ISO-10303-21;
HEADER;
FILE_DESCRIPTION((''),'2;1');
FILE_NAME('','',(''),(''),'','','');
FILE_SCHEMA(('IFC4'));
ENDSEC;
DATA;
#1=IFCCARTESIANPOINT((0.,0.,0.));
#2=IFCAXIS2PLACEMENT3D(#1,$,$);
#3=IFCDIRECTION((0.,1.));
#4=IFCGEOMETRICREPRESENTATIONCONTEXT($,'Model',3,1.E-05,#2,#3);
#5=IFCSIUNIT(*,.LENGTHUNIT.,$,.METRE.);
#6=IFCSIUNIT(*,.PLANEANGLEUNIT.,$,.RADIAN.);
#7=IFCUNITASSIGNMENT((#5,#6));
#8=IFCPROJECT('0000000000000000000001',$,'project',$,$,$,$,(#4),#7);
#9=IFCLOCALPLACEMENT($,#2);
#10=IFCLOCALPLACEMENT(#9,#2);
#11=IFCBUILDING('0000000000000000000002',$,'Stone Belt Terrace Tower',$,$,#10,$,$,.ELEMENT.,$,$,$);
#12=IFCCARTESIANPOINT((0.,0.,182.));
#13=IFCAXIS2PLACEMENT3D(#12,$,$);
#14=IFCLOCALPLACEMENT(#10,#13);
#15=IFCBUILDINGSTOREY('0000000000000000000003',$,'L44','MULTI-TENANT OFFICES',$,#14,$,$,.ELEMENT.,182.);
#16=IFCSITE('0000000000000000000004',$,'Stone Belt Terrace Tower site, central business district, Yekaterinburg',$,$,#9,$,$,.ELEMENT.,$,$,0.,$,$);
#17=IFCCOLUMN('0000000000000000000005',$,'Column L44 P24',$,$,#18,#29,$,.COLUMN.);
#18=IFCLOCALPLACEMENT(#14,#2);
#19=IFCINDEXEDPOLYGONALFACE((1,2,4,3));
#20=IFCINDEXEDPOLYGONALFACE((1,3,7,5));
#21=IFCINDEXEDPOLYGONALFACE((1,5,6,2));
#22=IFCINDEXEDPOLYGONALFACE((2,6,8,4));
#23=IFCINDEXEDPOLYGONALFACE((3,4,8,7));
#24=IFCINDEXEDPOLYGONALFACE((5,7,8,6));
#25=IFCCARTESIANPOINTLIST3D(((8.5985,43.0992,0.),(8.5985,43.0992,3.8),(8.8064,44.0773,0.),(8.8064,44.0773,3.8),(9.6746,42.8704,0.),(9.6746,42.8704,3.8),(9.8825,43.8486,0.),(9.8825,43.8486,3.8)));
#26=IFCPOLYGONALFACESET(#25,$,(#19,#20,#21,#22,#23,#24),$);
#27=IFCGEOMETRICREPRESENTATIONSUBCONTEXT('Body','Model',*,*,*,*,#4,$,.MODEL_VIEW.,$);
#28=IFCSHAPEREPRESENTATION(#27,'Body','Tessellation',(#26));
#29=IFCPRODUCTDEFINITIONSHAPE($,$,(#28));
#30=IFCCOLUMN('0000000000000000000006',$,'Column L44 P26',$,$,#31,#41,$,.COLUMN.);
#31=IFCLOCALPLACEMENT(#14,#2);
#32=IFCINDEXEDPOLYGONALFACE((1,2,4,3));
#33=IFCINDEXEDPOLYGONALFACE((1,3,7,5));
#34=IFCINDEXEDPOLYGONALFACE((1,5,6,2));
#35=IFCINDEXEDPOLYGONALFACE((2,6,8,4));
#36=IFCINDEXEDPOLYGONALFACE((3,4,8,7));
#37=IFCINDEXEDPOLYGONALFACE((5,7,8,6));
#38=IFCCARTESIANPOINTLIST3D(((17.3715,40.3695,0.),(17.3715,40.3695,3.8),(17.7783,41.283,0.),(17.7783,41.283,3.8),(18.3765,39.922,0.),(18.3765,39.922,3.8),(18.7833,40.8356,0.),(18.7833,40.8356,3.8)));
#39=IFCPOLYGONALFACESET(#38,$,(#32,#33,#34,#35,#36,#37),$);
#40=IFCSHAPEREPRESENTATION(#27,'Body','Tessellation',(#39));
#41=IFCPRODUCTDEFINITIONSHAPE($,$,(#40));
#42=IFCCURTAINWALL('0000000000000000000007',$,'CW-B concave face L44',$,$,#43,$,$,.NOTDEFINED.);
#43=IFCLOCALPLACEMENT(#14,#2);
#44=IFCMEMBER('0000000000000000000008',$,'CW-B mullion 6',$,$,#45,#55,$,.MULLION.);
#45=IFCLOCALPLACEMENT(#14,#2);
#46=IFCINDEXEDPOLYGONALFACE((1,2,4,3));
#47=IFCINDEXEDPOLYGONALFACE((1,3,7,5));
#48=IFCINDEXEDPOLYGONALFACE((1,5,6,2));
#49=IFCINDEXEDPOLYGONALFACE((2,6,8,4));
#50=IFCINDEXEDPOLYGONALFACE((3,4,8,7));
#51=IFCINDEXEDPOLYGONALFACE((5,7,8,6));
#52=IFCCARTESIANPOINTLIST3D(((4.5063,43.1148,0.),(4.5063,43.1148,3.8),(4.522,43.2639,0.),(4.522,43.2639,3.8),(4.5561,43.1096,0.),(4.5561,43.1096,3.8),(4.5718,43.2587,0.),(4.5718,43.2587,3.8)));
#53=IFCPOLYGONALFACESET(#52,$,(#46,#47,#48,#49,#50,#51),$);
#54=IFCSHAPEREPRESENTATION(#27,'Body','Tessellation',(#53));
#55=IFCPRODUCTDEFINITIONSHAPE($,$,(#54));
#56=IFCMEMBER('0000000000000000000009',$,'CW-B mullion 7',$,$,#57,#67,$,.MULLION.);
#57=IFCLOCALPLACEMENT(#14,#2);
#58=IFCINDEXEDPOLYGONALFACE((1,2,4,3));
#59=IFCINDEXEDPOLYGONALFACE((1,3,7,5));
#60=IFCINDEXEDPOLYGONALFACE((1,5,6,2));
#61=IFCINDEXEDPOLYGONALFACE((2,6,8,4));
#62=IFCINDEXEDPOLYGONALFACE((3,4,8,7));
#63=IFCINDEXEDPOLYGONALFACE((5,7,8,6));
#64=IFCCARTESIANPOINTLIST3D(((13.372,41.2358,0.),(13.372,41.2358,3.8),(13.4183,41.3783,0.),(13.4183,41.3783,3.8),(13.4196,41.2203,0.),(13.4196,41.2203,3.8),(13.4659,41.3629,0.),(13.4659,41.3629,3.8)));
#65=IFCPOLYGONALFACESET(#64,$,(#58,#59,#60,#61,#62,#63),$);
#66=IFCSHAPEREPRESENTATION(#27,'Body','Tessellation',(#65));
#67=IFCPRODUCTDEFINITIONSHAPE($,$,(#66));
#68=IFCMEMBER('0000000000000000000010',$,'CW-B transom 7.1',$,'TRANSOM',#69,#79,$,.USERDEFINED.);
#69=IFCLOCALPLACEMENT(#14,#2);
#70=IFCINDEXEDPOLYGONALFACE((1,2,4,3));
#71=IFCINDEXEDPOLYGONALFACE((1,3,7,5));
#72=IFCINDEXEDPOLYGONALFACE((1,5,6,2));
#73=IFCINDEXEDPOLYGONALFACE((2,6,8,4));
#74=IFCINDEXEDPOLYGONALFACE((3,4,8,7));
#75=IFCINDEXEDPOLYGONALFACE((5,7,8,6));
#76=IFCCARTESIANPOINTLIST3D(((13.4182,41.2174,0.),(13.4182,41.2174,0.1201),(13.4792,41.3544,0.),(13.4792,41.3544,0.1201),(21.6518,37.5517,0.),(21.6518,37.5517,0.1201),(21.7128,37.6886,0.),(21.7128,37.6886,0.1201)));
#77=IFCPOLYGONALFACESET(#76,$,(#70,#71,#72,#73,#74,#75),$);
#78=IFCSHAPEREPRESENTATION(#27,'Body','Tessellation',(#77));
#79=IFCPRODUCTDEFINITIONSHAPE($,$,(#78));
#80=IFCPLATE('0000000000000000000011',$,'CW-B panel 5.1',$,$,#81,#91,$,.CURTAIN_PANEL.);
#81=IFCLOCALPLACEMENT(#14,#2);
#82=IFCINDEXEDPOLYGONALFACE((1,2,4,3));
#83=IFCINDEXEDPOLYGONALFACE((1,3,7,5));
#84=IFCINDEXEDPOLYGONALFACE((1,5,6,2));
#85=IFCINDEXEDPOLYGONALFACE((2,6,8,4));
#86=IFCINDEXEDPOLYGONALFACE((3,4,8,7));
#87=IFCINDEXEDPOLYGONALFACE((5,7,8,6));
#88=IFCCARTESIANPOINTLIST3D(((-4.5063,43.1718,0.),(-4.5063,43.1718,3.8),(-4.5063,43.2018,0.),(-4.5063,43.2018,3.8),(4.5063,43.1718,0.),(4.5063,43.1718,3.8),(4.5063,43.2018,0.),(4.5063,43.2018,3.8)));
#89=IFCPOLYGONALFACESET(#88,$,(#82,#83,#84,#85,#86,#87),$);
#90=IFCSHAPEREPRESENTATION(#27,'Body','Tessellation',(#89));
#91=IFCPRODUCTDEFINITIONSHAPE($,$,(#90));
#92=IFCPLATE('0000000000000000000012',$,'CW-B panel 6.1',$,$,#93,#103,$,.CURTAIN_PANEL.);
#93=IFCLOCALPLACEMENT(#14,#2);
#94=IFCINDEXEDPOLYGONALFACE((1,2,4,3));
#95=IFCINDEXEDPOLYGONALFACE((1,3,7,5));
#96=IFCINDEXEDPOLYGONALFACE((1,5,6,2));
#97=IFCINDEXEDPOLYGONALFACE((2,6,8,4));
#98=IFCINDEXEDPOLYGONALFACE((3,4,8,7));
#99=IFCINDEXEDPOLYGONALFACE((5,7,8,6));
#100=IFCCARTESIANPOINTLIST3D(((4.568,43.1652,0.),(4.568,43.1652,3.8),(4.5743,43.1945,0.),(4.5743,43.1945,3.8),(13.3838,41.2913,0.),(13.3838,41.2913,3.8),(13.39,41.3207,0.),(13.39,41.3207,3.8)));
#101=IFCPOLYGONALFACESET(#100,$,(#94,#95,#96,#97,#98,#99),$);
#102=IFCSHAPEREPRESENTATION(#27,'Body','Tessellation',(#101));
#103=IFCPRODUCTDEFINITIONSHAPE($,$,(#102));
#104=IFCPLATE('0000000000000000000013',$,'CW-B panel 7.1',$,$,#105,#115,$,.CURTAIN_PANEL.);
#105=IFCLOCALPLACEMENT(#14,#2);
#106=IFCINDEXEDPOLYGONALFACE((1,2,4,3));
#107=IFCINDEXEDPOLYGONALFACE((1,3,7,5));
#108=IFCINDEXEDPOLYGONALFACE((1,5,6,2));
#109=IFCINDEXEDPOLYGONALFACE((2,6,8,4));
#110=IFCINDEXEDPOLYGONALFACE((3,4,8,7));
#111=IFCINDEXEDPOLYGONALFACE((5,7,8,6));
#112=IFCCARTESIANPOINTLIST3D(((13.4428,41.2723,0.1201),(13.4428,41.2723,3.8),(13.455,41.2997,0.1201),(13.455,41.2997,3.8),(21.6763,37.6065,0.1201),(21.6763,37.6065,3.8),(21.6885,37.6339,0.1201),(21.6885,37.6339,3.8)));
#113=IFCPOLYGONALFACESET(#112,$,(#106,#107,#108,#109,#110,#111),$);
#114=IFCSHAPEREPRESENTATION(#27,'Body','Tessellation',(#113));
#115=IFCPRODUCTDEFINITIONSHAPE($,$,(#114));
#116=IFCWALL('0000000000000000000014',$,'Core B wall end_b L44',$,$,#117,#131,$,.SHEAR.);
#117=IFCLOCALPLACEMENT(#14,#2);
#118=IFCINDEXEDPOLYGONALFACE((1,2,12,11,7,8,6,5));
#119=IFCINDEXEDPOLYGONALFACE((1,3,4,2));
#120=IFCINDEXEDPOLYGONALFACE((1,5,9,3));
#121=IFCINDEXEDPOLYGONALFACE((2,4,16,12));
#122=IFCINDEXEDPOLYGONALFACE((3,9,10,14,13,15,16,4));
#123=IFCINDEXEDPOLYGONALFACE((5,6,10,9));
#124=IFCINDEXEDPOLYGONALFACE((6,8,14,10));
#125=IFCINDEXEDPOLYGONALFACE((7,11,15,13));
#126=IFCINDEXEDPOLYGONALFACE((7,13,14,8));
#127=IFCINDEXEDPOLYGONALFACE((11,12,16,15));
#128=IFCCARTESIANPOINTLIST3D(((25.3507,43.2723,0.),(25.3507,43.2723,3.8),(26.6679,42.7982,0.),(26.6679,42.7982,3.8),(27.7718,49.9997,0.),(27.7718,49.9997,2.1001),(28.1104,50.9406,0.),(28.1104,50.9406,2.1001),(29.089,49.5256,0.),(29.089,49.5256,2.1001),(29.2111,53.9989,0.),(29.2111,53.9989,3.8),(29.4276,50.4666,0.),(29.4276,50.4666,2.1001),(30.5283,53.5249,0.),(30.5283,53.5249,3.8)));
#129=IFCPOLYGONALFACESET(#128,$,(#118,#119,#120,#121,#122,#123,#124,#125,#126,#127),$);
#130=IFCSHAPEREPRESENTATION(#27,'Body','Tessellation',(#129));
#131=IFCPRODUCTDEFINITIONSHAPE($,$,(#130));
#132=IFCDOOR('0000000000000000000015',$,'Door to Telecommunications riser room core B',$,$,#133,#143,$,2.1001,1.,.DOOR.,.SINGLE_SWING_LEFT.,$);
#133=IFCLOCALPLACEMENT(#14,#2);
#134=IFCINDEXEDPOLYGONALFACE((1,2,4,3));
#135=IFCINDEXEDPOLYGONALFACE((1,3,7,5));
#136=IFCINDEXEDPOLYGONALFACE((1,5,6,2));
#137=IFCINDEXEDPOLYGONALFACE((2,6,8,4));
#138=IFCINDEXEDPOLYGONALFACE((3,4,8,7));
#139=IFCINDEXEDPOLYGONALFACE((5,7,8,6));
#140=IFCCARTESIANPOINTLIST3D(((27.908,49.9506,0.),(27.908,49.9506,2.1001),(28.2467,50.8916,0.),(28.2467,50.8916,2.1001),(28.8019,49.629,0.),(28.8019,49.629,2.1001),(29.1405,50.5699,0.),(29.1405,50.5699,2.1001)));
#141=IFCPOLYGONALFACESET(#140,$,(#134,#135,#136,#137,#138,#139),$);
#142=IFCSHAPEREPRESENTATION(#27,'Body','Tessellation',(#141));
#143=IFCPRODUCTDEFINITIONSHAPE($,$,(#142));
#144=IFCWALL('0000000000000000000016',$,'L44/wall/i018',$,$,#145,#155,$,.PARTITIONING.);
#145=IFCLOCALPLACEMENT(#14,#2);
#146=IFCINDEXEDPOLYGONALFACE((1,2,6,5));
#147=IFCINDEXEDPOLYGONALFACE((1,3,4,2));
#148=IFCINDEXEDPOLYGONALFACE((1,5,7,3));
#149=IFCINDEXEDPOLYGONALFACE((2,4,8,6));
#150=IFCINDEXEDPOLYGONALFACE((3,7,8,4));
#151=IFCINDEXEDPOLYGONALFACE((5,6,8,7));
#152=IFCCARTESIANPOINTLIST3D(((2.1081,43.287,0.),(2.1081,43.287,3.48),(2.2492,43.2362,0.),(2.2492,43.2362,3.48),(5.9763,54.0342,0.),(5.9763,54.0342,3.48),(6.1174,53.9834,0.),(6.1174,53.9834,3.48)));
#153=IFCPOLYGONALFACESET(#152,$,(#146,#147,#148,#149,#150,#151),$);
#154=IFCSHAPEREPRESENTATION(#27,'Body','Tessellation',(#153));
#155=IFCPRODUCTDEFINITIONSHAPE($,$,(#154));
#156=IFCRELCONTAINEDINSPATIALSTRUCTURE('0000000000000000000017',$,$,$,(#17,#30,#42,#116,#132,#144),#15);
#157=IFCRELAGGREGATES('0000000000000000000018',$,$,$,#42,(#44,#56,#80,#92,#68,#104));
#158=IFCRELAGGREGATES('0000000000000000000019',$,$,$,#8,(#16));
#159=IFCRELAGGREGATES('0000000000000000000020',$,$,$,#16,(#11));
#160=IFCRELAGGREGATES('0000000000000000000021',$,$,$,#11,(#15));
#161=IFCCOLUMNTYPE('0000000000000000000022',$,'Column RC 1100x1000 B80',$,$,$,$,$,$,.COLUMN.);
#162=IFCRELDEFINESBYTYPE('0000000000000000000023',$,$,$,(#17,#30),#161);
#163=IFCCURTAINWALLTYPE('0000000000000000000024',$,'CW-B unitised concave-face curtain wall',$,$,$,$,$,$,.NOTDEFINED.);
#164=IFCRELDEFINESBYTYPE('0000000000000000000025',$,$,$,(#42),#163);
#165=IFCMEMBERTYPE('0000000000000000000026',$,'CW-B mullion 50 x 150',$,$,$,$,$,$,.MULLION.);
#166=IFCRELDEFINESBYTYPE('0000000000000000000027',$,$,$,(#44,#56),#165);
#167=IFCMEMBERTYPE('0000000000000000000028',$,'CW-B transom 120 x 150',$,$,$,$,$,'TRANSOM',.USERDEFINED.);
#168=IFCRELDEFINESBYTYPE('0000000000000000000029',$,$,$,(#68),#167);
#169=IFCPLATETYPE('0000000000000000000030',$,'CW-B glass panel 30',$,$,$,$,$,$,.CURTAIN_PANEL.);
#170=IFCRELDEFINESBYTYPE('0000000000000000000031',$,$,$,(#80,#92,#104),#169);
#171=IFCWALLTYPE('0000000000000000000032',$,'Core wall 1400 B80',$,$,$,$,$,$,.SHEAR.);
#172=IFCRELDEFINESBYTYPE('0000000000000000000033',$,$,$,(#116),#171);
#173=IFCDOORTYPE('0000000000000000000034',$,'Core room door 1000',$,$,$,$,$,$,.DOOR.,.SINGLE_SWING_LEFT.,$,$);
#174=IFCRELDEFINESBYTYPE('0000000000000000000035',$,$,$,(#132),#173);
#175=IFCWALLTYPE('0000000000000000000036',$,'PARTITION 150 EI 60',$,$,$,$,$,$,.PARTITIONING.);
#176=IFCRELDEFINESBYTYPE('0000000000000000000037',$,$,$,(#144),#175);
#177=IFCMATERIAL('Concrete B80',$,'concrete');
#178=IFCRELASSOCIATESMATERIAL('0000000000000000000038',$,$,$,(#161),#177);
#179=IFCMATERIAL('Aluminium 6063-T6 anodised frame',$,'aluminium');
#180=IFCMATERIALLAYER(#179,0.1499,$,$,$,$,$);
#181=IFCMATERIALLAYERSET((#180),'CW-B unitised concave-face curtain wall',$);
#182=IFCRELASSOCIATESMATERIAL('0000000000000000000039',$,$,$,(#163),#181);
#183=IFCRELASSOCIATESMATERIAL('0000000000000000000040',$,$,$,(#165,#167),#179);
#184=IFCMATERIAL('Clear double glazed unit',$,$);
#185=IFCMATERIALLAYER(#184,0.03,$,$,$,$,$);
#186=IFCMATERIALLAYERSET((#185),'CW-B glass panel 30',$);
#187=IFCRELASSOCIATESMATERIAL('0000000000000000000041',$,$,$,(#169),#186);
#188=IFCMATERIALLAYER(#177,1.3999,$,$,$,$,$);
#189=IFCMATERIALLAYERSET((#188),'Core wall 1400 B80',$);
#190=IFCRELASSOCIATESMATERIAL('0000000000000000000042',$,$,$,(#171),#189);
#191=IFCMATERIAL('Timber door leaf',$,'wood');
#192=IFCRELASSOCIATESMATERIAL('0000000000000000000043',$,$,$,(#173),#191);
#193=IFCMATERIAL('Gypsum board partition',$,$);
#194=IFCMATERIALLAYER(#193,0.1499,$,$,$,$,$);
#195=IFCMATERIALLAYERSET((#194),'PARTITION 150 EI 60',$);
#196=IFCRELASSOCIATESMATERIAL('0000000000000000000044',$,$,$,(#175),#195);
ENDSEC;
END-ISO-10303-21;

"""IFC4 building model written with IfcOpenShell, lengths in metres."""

from ifc_helpers import new_model, si_unit, direction, frame, frame_2d, origin, origin_2d, place, context, subcontext, project, spatial, rectangle, extrude, material, layer, layer_set, material_profile, profile_set, type_object, element, fill, aggregate, save


model = new_model("IFC4")

# Units and contexts
model_context = context("Model", 3, precision=1e-05, world=origin(), true_north=direction((0.0, 1.0)))
body_context = subcontext(model_context, "Body", "Model", "MODEL_VIEW")
ifc_project = project(units=[si_unit("LENGTHUNIT", "METRE"), si_unit("PLANEANGLEUNIT", "RADIAN")], contexts=[model_context])

# Site, building, storey
site_placement = place(None, origin())
site = spatial("IfcSite", under=ifc_project, at=site_placement, Name="Stone Belt Terrace Tower site, central business district, Yekaterinburg", CompositionType="ELEMENT", RefElevation=0.0)
building_placement = place(site_placement, origin())
building = spatial("IfcBuilding", under=site, at=building_placement, Name="Stone Belt Terrace Tower", CompositionType="ELEMENT")
storey_placement = place(building_placement, frame((0.0, 0.0, 182.0)))
storey = spatial("IfcBuildingStorey", under=building, at=storey_placement, Name="L44", Description="MULTI-TENANT OFFICES", CompositionType="ELEMENT", Elevation=182.0)

# Columns
ifc_material_1 = material(Name="Concrete B80", Category="concrete")
ifc_material_profile_1 = material_profile(ifc_material_1, rectangle(XDim=1.1001, YDim=1.0, at=origin_2d()), Name="RC 1100x1000")
ifc_profile_set_1 = profile_set([ifc_material_profile_1], Name="Concrete B80")
column_type = type_object("IfcColumnType", Name="Column RC 1100x1000 B80", PredefinedType="COLUMN", material=ifc_profile_set_1)
for number, where, z_axis, x_axis, name in (
    (1, (9.2405, 43.4739, 0.0), (0.0, 0.0, 1.0), (0.978148, -0.207912, 0.0), "Column L44 P24"),
    (2, (18.0774, 40.6025, 0.0), (0.0, 0.0, 1.0), (0.913545, -0.406737, 0.0), "Column L44 P26"),
):
    element("IfcColumn", number, at=place(storey_placement, frame(where, z_axis=z_axis, x_axis=x_axis)), inside=storey, type_object=column_type, Name=name, PredefinedType="COLUMN", context=body_context, shape_type="SweptSolid", body=[
        extrude(rectangle(XDim=1.1001, YDim=1.0, at=origin_2d()), origin(), (0.0, 0.0, 1.0), 3.8),
    ])

# Curtain wall, members, plates
ifc_material_2 = material(Name="Aluminium 6063-T6 anodised frame", Category="aluminium")
ifc_layer_1 = layer(ifc_material_2, 0.1499)
ifc_layer_set_1 = layer_set([ifc_layer_1], Name="CW-B unitised concave-face curtain wall")
curtain_wall_type = type_object("IfcCurtainWallType", Name="CW-B unitised concave-face curtain wall", PredefinedType="NOTDEFINED", material=ifc_layer_set_1)
curtain_wall_placement = place(storey_placement, origin())
curtain_wall = element("IfcCurtainWall", 3, at=curtain_wall_placement, inside=storey, type_object=curtain_wall_type, Name="CW-B concave face L44", PredefinedType="NOTDEFINED")
ifc_material_profile_2 = material_profile(ifc_material_2, rectangle(XDim=0.1499, YDim=0.05, at=origin_2d()), Name="Aluminium 6063-T6 50x150")
ifc_profile_set_2 = profile_set([ifc_material_profile_2], Name="Aluminium 6063-T6 anodised frame")
member_type_1 = type_object("IfcMemberType", Name="CW-B mullion 50 x 150", PredefinedType="MULLION", material=ifc_profile_set_2)
member_1_placement = place(storey_placement, frame((4.5391, 43.1868, 0.0), z_axis=(0.0, 0.0, 1.0), x_axis=(0.104528, 0.994522, 0.0)))
member_1 = element("IfcMember", 4, at=member_1_placement, type_object=member_type_1, Name="CW-B mullion 6", PredefinedType="MULLION", context=body_context, shape_type="SweptSolid", body=[
    extrude(rectangle(XDim=0.1499, YDim=0.05, at=origin_2d()), origin(), (0.0, 0.0, 1.0), 3.8),
])
member_2_placement = place(storey_placement, frame((13.4189, 41.2993, 0.0), z_axis=(0.0, 0.0, 1.0), x_axis=(0.309017, 0.951057, 0.0)))
member_2 = element("IfcMember", 5, at=member_2_placement, type_object=member_type_1, Name="CW-B mullion 7", PredefinedType="MULLION", context=body_context, shape_type="SweptSolid", body=[
    extrude(rectangle(XDim=0.1499, YDim=0.05, at=origin_2d()), origin(), (0.0, 0.0, 1.0), 3.8),
])
ifc_material_profile_3 = material_profile(ifc_material_2, rectangle(XDim=0.1499, YDim=0.1201, at=origin_2d()), Name="Aluminium 6063-T6 150x120")
ifc_profile_set_3 = profile_set([ifc_material_profile_3], Name="Aluminium 6063-T6 anodised frame")
member_type_2 = type_object("IfcMemberType", Name="CW-B transom 120 x 150", ElementType="TRANSOM", PredefinedType="USERDEFINED", material=ifc_profile_set_3)
member_3_placement = place(storey_placement, frame((13.4487, 41.2859, 0.0601), z_axis=(0.913549, -0.406729, 0.0), x_axis=(0.406729, 0.913549, 0.0)))
member_3 = element("IfcMember", 6, at=member_3_placement, type_object=member_type_2, Name="CW-B transom 7.1", ObjectType="TRANSOM", PredefinedType="USERDEFINED", context=body_context, shape_type="SweptSolid", body=[
    extrude(rectangle(XDim=0.1499, YDim=0.1201, at=origin_2d()), origin(), (0.0, 0.0, 1.0), 9.0127),
])
ifc_material_3 = material(Name="Clear double glazed unit")
ifc_layer_2 = layer(ifc_material_3, 0.03)
ifc_layer_set_2 = layer_set([ifc_layer_2], Name="CW-B glass panel 30")
plate_type = type_object("IfcPlateType", Name="CW-B glass panel 30", PredefinedType="CURTAIN_PANEL", material=ifc_layer_set_2)
plate_1_placement = place(storey_placement, frame((0.0, 43.1868, 0.0), z_axis=(0.0, 0.0, 1.0), x_axis=(1.0, 0.0, 0.0)))
plate_1 = element("IfcPlate", 7, at=plate_1_placement, type_object=plate_type, Name="CW-B panel 5.1", PredefinedType="CURTAIN_PANEL", context=body_context, shape_type="SweptSolid", body=[
    extrude(rectangle(XDim=9.0127, YDim=0.03, at=origin_2d()), origin(), (0.0, 0.0, 1.0), 3.8),
])
plate_2_placement = place(storey_placement, frame((8.979, 42.2429, 0.0), z_axis=(0.0, 0.0, 1.0), x_axis=(0.978148, -0.207912, 0.0)))
plate_2 = element("IfcPlate", 8, at=plate_2_placement, type_object=plate_type, Name="CW-B panel 6.1", PredefinedType="CURTAIN_PANEL", context=body_context, shape_type="SweptSolid", body=[
    extrude(rectangle(XDim=9.0127, YDim=0.03, at=origin_2d()), origin(), (0.0, 0.0, 1.0), 3.8),
])
plate_3_placement = place(storey_placement, frame((17.5657, 39.4531, 0.1201), z_axis=(0.0, 0.0, 1.0), x_axis=(0.913545, -0.406737, 0.0)))
plate_3 = element("IfcPlate", 9, at=plate_3_placement, type_object=plate_type, Name="CW-B panel 7.1", PredefinedType="CURTAIN_PANEL", context=body_context, shape_type="SweptSolid", body=[
    extrude(rectangle(XDim=9.0127, YDim=0.03, at=origin_2d()), origin(), (0.0, 0.0, 1.0), 3.6799),
])
aggregate(curtain_wall, [member_1, member_2, plate_1, plate_2, member_3, plate_3])

# Wall, opening, door
ifc_layer_3 = layer(ifc_material_1, 1.3999)
ifc_layer_set_3 = layer_set([ifc_layer_3], Name="Core wall 1400 B80")
wall_type_1 = type_object("IfcWallType", Name="Core wall 1400 B80", PredefinedType="SHEAR", material=ifc_layer_set_3)
wall_1_placement = place(storey_placement, frame((26.0093, 43.0352, 0.0), z_axis=(0.0, 0.0, 1.0), x_axis=(0.338625, 0.940921, 0.0)))
wall_1 = element("IfcWall", 10, at=wall_1_placement, inside=storey, type_object=wall_type_1, Name="Core B wall end_b L44", PredefinedType="SHEAR", context=body_context, shape_type="SweptSolid", body=[
    extrude(rectangle(XDim=11.4001, YDim=1.3999, at=frame_2d((5.7002, 0.0))), origin(), (0.0, 0.0, 1.0), 3.8),
])
opening_1_placement = place(wall_1_placement, frame((7.1499, 0.0, 0.0)))
opening_1 = element("IfcOpeningElement", 11, at=opening_1_placement, cuts=wall_1, PredefinedType="OPENING", context=body_context, shape_type="SweptSolid", body=[
    extrude(rectangle(XDim=1.0, YDim=2.1001, at=frame_2d((0.5, 1.05))), frame((0.0, 0.71, 0.0), z_axis=(0.0, -1.0, 0.0), x_axis=(1.0, 0.0, 0.0)), (0.0, 0.0, 1.0), 1.4199),
])
ifc_material_4 = material(Name="Timber door leaf", Category="wood")
door_type_1 = type_object("IfcDoorType", Name="Core room door 1000", OperationType="SINGLE_SWING_LEFT", PredefinedType="DOOR", material=ifc_material_4)
door_1_placement = place(opening_1_placement, origin())
door_1 = element("IfcDoor", 12, at=door_1_placement, inside=storey, type_object=door_type_1, Name="Door to Telecommunications riser room core B", OperationType="SINGLE_SWING_LEFT", OverallHeight=2.1001, OverallWidth=1.0, PredefinedType="DOOR", context=body_context, shape_type="SweptSolid", body=[
    extrude(rectangle(XDim=1.0, YDim=2.1001, at=frame_2d((0.5, 1.05))), frame((0.0, 0.5552, 0.0), z_axis=(0.0, -1.0, 0.0), x_axis=(1.0, 0.0, 0.0)), (0.0, 0.0, 1.0), 0.95),
])
fill(opening_1, door_1)

# Wall
ifc_material_5 = material(Name="Gypsum board partition")
ifc_layer_4 = layer(ifc_material_5, 0.1499)
ifc_layer_set_4 = layer_set([ifc_layer_4], Name="PARTITION 150 EI 60")
wall_type_2 = type_object("IfcWallType", Name="PARTITION 150 EI 60", PredefinedType="PARTITIONING", material=ifc_layer_set_4)
wall_2_placement = place(storey_placement, frame((2.1787, 43.2617, 0.0), z_axis=(0.0, 0.0, 1.0), x_axis=(0.338659, 0.940909, 0.0)))
element("IfcWall", 13, at=wall_2_placement, inside=storey, type_object=wall_type_2, Name="L44/wall/i018", PredefinedType="PARTITIONING", context=body_context, shape_type="SweptSolid", body=[
    extrude(rectangle(XDim=11.4221, YDim=0.1499, at=frame_2d((5.7109, 0.0))), origin(), (0.0, 0.0, 1.0), 3.48),
])

save(model, "model.ifc")
